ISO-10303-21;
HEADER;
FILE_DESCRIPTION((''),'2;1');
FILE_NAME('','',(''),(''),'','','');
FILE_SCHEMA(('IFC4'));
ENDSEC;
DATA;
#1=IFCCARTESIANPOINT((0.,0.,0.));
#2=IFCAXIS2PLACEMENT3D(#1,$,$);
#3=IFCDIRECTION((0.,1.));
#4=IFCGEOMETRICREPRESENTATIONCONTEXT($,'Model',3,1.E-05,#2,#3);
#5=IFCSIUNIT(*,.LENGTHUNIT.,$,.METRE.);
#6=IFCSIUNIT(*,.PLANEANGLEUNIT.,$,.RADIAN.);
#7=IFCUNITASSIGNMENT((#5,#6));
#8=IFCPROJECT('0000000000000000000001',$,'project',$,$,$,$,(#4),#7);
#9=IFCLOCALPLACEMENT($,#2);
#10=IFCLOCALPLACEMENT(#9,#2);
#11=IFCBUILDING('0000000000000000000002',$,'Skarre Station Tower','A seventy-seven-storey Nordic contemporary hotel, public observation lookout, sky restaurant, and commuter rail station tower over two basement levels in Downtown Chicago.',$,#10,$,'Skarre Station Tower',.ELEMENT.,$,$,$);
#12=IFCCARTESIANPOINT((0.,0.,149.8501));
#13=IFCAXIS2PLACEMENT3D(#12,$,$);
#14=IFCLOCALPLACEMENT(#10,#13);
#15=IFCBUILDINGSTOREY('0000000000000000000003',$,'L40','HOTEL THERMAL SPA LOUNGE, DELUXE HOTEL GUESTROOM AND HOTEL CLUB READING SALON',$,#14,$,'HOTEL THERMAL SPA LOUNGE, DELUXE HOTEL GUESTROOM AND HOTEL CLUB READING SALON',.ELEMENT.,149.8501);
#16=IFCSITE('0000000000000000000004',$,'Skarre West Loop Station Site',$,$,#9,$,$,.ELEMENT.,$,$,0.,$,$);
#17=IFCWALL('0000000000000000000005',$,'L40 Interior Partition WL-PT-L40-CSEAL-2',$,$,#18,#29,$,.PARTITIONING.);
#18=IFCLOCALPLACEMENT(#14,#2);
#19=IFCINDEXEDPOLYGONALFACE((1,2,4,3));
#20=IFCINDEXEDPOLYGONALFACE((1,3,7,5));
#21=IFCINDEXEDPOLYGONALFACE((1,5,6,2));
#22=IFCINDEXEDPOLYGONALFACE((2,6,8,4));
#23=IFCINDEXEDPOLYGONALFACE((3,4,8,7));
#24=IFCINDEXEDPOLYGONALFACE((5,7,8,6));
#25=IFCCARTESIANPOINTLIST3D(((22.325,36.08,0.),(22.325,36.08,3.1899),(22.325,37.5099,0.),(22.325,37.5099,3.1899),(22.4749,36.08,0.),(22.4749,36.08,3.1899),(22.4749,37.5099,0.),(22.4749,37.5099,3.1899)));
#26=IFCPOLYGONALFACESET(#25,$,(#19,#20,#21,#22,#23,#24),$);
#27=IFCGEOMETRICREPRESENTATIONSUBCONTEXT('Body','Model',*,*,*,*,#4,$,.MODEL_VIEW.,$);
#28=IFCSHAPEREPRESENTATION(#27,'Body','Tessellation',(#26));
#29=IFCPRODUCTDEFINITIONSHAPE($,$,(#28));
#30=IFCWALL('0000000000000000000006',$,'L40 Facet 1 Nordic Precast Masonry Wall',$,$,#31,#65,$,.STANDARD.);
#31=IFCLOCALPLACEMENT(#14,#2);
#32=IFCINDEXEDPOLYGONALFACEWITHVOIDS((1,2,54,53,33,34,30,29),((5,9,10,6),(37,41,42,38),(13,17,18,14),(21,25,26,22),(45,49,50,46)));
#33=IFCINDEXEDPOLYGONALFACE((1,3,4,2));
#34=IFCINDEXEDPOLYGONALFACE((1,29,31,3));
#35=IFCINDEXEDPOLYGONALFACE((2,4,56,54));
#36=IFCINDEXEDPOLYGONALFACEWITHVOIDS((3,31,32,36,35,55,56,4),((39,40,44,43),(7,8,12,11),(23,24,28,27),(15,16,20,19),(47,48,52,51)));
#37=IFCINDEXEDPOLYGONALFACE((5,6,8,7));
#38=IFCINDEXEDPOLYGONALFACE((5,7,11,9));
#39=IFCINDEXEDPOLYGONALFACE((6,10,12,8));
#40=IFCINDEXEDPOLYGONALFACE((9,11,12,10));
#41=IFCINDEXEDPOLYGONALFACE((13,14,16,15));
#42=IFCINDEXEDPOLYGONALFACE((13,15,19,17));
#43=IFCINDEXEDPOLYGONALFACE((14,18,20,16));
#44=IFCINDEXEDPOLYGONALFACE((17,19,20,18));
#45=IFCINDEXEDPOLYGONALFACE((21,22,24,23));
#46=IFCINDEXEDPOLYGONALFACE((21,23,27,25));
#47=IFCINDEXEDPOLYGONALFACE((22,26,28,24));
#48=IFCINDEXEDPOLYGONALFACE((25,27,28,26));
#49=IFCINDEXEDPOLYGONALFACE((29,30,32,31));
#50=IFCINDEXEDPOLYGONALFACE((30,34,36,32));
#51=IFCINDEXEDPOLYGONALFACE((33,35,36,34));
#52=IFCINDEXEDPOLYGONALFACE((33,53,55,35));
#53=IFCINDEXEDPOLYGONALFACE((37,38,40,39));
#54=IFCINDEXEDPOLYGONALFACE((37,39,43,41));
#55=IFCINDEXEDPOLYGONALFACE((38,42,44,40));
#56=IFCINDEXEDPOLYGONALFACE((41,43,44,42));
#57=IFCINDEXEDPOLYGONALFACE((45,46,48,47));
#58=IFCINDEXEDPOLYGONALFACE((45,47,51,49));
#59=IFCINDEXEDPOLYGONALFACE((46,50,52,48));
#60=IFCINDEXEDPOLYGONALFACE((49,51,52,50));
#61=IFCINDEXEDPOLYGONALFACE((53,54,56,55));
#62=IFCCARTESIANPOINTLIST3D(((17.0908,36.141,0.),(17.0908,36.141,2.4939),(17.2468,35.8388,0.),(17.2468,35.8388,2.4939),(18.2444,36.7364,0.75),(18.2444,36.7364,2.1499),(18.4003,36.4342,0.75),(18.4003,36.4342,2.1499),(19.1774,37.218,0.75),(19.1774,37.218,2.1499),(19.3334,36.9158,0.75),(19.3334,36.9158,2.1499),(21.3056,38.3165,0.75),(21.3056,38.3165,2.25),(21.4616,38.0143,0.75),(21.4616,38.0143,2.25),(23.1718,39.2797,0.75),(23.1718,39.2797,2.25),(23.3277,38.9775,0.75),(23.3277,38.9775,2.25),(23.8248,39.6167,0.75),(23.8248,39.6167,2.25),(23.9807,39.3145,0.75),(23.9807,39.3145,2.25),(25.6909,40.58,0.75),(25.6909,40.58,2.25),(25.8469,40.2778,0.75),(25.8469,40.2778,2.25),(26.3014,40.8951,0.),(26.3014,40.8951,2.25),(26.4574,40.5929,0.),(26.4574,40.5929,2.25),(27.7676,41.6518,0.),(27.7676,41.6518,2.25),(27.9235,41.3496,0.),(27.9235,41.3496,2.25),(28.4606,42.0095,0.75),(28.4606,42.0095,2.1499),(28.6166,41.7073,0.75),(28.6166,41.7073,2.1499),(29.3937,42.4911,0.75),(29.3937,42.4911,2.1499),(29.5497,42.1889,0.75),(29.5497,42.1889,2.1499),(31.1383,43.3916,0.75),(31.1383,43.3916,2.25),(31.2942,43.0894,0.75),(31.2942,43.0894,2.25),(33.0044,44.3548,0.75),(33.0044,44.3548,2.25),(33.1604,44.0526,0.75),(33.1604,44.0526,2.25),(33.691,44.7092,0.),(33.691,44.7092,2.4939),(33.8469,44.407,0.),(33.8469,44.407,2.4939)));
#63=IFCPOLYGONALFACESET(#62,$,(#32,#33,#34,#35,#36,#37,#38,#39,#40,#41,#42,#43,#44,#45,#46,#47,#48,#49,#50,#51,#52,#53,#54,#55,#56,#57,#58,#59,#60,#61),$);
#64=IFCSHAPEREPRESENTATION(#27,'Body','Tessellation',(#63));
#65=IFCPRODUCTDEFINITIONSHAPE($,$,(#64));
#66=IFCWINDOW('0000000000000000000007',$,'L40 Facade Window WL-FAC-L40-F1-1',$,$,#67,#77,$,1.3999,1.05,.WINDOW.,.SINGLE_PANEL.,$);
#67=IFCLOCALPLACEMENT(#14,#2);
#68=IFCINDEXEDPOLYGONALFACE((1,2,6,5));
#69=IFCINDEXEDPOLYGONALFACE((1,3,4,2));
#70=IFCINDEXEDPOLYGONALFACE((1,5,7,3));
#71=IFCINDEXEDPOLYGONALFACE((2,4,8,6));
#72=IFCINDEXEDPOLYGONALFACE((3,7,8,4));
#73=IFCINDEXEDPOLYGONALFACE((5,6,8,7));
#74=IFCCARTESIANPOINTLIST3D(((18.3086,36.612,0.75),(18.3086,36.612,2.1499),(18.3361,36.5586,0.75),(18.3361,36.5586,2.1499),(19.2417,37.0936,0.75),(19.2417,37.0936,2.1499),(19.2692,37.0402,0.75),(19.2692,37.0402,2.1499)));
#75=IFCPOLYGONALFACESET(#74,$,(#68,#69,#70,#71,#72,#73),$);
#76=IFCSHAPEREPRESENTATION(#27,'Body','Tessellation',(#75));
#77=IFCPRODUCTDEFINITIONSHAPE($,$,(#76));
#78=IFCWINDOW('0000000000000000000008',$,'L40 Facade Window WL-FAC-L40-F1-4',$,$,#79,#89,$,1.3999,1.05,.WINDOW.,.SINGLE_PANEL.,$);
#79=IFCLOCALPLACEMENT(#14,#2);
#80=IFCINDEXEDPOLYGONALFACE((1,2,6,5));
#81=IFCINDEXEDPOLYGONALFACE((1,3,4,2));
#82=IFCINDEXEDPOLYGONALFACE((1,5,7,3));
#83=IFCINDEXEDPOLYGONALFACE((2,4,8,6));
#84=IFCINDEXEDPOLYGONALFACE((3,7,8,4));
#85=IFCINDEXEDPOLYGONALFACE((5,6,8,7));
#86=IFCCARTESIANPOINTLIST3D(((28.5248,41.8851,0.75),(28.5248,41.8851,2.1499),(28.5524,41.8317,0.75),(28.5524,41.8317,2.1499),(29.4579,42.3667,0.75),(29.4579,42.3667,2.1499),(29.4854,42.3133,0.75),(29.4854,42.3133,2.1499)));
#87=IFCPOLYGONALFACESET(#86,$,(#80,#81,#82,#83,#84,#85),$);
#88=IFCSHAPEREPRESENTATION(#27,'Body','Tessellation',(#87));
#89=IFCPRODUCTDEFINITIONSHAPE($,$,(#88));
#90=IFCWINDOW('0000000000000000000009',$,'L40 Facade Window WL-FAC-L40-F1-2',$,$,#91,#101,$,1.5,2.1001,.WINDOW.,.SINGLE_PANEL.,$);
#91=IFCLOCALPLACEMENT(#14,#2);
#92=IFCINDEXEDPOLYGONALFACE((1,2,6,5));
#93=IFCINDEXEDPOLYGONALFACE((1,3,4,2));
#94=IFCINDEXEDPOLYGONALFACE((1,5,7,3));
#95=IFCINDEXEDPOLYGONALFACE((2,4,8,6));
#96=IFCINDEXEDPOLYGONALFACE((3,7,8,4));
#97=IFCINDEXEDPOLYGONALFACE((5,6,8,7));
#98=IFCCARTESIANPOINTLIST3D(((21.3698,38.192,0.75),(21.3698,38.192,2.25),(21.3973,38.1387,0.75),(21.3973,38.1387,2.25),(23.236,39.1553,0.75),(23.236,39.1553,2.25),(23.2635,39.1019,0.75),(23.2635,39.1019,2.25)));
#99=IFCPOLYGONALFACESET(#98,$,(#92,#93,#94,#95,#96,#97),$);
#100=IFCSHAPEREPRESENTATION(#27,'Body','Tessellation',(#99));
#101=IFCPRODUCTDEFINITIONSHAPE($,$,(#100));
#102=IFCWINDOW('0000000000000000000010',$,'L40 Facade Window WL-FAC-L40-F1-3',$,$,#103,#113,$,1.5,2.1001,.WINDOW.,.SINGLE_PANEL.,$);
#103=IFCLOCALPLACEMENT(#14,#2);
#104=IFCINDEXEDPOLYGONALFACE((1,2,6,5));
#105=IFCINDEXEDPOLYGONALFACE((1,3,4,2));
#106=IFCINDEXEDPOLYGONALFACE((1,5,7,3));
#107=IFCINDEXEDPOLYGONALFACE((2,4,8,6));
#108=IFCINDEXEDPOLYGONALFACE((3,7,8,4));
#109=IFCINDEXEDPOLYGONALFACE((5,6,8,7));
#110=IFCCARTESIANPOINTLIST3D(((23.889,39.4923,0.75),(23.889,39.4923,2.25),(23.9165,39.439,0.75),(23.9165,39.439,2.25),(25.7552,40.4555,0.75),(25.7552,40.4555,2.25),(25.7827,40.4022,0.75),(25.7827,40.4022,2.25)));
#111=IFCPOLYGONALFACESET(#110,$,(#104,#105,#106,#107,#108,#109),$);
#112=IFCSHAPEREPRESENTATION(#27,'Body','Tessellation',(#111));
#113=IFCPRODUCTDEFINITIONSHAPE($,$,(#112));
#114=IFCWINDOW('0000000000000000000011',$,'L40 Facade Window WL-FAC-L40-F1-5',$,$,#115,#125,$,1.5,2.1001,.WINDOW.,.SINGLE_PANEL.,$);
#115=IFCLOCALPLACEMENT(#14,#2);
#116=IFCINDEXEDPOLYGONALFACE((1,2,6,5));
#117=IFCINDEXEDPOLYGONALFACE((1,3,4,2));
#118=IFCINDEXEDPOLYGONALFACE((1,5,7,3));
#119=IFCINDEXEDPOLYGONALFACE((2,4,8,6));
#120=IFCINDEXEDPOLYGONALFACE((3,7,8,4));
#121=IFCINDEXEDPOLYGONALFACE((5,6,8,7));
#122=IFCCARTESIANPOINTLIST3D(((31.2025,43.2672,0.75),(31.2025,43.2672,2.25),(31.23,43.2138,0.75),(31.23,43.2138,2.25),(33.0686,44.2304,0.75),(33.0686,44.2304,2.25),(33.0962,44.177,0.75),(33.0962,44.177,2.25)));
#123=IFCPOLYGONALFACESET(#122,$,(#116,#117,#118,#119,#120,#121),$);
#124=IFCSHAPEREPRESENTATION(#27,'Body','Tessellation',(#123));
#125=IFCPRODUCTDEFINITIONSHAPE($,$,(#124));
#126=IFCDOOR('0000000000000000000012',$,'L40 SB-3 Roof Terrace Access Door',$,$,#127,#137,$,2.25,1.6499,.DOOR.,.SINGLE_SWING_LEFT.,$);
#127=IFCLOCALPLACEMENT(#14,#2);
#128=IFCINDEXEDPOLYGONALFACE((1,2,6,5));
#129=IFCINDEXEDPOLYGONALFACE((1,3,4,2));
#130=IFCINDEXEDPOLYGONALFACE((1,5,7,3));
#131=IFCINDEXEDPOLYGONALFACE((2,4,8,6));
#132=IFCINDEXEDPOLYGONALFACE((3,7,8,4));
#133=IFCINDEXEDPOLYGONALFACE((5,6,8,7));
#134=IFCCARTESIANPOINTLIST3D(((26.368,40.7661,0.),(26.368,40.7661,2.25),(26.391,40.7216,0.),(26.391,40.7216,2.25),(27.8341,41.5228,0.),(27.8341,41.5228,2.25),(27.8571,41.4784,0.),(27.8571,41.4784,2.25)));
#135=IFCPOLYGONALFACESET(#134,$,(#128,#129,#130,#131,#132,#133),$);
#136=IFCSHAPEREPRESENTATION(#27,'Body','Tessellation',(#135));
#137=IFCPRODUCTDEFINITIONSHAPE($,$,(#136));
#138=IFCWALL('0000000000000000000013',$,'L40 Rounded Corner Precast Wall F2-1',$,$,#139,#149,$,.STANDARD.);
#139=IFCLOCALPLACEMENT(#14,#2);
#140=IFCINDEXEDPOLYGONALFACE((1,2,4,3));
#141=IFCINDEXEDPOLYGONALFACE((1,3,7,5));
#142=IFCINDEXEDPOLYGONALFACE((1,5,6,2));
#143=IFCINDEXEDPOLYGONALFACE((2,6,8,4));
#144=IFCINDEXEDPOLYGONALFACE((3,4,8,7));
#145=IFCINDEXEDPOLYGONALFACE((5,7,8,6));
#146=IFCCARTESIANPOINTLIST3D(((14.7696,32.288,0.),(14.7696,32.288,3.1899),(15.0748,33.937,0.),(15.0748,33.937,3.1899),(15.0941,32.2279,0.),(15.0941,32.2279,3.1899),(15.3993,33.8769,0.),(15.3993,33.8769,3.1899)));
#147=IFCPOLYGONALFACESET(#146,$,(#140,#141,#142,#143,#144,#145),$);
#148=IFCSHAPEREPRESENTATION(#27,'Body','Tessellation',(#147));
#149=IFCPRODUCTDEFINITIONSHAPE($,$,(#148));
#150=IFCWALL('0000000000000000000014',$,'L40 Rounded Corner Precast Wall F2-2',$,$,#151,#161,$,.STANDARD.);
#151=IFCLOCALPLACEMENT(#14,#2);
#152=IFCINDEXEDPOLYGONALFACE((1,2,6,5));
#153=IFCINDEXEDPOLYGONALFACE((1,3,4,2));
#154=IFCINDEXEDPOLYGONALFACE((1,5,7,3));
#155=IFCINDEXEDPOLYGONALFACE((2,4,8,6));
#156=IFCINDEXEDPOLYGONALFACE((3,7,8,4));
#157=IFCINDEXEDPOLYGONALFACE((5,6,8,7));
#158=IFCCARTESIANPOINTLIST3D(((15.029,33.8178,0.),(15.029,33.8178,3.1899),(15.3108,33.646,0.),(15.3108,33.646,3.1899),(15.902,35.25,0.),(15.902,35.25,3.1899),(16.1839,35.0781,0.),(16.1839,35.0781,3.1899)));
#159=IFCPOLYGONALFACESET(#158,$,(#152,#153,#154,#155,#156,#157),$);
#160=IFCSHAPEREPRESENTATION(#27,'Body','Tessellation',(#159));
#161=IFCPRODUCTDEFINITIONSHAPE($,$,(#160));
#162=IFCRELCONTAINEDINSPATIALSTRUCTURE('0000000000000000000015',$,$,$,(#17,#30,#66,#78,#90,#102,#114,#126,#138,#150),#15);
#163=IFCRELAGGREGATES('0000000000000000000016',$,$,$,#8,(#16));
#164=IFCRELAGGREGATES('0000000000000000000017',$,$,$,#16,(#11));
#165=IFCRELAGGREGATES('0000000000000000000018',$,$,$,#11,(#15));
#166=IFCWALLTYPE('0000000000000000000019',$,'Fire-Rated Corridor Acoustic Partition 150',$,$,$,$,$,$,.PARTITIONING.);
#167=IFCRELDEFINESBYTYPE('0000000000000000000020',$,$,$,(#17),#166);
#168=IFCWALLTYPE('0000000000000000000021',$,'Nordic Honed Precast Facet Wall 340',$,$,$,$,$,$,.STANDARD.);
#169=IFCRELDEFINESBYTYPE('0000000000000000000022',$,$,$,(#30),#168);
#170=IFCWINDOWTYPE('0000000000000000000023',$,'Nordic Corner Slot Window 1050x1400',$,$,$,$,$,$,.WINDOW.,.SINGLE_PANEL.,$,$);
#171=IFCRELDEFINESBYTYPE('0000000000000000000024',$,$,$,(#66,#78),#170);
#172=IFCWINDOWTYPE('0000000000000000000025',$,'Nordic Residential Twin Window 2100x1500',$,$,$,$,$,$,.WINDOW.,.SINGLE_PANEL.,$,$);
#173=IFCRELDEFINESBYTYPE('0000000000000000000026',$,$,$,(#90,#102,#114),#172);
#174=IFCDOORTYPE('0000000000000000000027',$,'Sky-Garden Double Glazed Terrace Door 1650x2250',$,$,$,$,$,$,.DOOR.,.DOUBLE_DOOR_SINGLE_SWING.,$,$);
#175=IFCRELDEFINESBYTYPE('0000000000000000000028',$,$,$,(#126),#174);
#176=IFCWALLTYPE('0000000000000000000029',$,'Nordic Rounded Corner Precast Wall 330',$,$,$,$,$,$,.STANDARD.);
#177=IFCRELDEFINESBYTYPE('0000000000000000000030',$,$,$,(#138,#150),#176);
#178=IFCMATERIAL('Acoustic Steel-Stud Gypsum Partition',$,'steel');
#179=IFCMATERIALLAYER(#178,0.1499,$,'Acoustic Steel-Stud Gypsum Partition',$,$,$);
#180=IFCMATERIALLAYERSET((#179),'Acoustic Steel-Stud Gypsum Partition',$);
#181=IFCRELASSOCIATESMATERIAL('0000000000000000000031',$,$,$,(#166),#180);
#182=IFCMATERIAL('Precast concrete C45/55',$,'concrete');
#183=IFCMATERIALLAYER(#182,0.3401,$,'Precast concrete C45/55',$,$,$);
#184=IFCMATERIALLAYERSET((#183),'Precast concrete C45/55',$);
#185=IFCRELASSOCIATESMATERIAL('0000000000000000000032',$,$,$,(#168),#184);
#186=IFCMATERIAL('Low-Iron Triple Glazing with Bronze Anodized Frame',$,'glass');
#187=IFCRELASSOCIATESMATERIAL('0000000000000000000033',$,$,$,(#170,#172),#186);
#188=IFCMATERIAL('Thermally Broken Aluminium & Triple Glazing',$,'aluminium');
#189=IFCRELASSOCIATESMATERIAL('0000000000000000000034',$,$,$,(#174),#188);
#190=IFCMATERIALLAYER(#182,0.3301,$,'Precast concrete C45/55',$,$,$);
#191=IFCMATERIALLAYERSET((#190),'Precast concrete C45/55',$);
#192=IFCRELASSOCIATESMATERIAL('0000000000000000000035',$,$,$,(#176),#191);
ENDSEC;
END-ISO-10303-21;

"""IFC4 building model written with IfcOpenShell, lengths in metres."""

from ifc_helpers import new_model, si_unit, direction, frame, frame_2d, origin, place, context, subcontext, project, spatial, rectangle, extrude, material, layer, layer_set, type_object, element, fill, save


model = new_model("IFC4")

# Units and contexts
model_context = context("Model", 3, precision=1e-05, world=origin(), true_north=direction((0.0, 1.0)))
body_context = subcontext(model_context, "Body", "Model", "MODEL_VIEW")
ifc_project = project(units=[si_unit("LENGTHUNIT", "METRE"), si_unit("PLANEANGLEUNIT", "RADIAN")], contexts=[model_context])

# Site, building, storey
site_placement = place(None, origin())
site = spatial("IfcSite", under=ifc_project, at=site_placement, Name="Skarre West Loop Station Site", CompositionType="ELEMENT", RefElevation=0.0)
building_placement = place(site_placement, origin())
building = spatial("IfcBuilding", under=site, at=building_placement, Name="Skarre Station Tower", Description="A seventy-seven-storey Nordic contemporary hotel, public observation lookout, sky restaurant, and commuter rail station tower over two basement levels in Downtown Chicago.", LongName="Skarre Station Tower", CompositionType="ELEMENT")
storey_placement = place(building_placement, frame((0.0, 0.0, 149.8501)))
storey = spatial("IfcBuildingStorey", under=building, at=storey_placement, Name="L40", Description="HOTEL THERMAL SPA LOUNGE, DELUXE HOTEL GUESTROOM AND HOTEL CLUB READING SALON", LongName="HOTEL THERMAL SPA LOUNGE, DELUXE HOTEL GUESTROOM AND HOTEL CLUB READING SALON", CompositionType="ELEMENT", Elevation=149.8501)

# Wall
ifc_material_1 = material(Name="Acoustic Steel-Stud Gypsum Partition", Category="steel")
ifc_layer_1 = layer(ifc_material_1, 0.1499, Name="Acoustic Steel-Stud Gypsum Partition")
ifc_layer_set_1 = layer_set([ifc_layer_1], Name="Acoustic Steel-Stud Gypsum Partition")
wall_type_1 = type_object("IfcWallType", Name="Fire-Rated Corridor Acoustic Partition 150", PredefinedType="PARTITIONING", material=ifc_layer_set_1)
wall_1_placement = place(storey_placement, frame((22.3999, 36.0801, 0.0), z_axis=(0.0, 0.0, 1.0), x_axis=(0.0, 1.0, 0.0)))
element("IfcWall", 1, at=wall_1_placement, inside=storey, type_object=wall_type_1, Name="L40 Interior Partition WL-PT-L40-CSEAL-2", PredefinedType="PARTITIONING", context=body_context, shape_type="SweptSolid", body=[
    extrude(rectangle(XDim=1.4299, YDim=0.1499, at=frame_2d((0.7148, 0.0))), origin(), (0.0, 0.0, 1.0), 3.1899),
])

# Wall, openings, windows, door
ifc_material_2 = material(Name="Precast concrete C45/55", Category="concrete")
ifc_layer_2 = layer(ifc_material_2, 0.3401, Name="Precast concrete C45/55")
ifc_layer_set_2 = layer_set([ifc_layer_2], Name="Precast concrete C45/55")
wall_type_2 = type_object("IfcWallType", Name="Nordic Honed Precast Facet Wall 340", PredefinedType="STANDARD", material=ifc_layer_set_2)
wall_2_placement = place(storey_placement, frame((17.1689, 35.99, 0.0), z_axis=(0.0, 0.0, 1.0), x_axis=(0.888614, 0.458657, 0.0)))
wall_2 = element("IfcWall", 2, at=wall_2_placement, inside=storey, type_object=wall_type_2, Name="L40 Facet 1 Nordic Precast Masonry Wall", PredefinedType="STANDARD", context=body_context, shape_type="SweptSolid", body=[
    extrude(rectangle(XDim=18.6809, YDim=0.3401, at=frame_2d((9.3403, 0.0))), origin(), (0.0, 0.0, 1.0), 2.4939),
])
opening_1_placement = place(wall_2_placement, frame((10.365, 0.0, 0.0)))
opening_1 = element("IfcOpeningElement", 3, at=opening_1_placement, cuts=wall_2, PredefinedType="OPENING", context=body_context, shape_type="SweptSolid", body=[
    extrude(rectangle(XDim=1.6499, YDim=2.25, at=frame_2d((0.825, 1.125))), frame((0.0, 0.1799, 0.0), z_axis=(0.0, -1.0, 0.0), x_axis=(1.0, 0.0, 0.0)), (0.0, 0.0, 1.0), 0.3601),
])
opening_2_placement = place(wall_2_placement, frame((1.2981, 0.0, 0.75)))
opening_2 = element("IfcOpeningElement", 4, at=opening_2_placement, cuts=wall_2, PredefinedType="OPENING", context=body_context, shape_type="SweptSolid", body=[
    extrude(rectangle(XDim=1.05, YDim=1.3999, at=frame_2d((0.5249, 0.7))), frame((0.0, 0.1799, 0.0), z_axis=(0.0, -1.0, 0.0), x_axis=(1.0, 0.0, 0.0)), (0.0, 0.0, 1.0), 0.3601),
])
opening_3_placement = place(wall_2_placement, frame((4.7429, 0.0, 0.75)))
opening_3 = element("IfcOpeningElement", 5, at=opening_3_placement, cuts=wall_2, PredefinedType="OPENING", context=body_context, shape_type="SweptSolid", body=[
    extrude(rectangle(XDim=2.1001, YDim=1.5, at=frame_2d((1.05, 0.75))), frame((0.0, 0.1799, 0.0), z_axis=(0.0, -1.0, 0.0), x_axis=(1.0, 0.0, 0.0)), (0.0, 0.0, 1.0), 0.3601),
])
opening_4_placement = place(wall_2_placement, frame((7.5779, 0.0, 0.75)))
opening_4 = element("IfcOpeningElement", 6, at=opening_4_placement, cuts=wall_2, PredefinedType="OPENING", context=body_context, shape_type="SweptSolid", body=[
    extrude(rectangle(XDim=2.1001, YDim=1.5, at=frame_2d((1.05, 0.75))), frame((0.0, 0.1799, 0.0), z_axis=(0.0, -1.0, 0.0), x_axis=(1.0, 0.0, 0.0)), (0.0, 0.0, 1.0), 0.3601),
])
opening_5_placement = place(wall_2_placement, frame((12.7949, 0.0, 0.75)))
opening_5 = element("IfcOpeningElement", 7, at=opening_5_placement, cuts=wall_2, PredefinedType="OPENING", context=body_context, shape_type="SweptSolid", body=[
    extrude(rectangle(XDim=1.05, YDim=1.3999, at=frame_2d((0.5249, 0.7))), frame((0.0, 0.1799, 0.0), z_axis=(0.0, -1.0, 0.0), x_axis=(1.0, 0.0, 0.0)), (0.0, 0.0, 1.0), 0.3601),
])
opening_6_placement = place(wall_2_placement, frame((15.8081, 0.0, 0.75)))
opening_6 = element("IfcOpeningElement", 8, at=opening_6_placement, cuts=wall_2, PredefinedType="OPENING", context=body_context, shape_type="SweptSolid", body=[
    extrude(rectangle(XDim=2.1001, YDim=1.5, at=frame_2d((1.05, 0.75))), frame((0.0, 0.1799, 0.0), z_axis=(0.0, -1.0, 0.0), x_axis=(1.0, 0.0, 0.0)), (0.0, 0.0, 1.0), 0.3601),
])
ifc_material_3 = material(Name="Low-Iron Triple Glazing with Bronze Anodized Frame", Category="glass")
window_type_1 = type_object("IfcWindowType", Name="Nordic Corner Slot Window 1050x1400", PartitioningType="SINGLE_PANEL", PredefinedType="WINDOW", material=ifc_material_3)
window_1_placement = place(opening_2_placement, origin())
window_1 = element("IfcWindow", 9, at=window_1_placement, inside=storey, type_object=window_type_1, Name="L40 Facade Window WL-FAC-L40-F1-1", OverallHeight=1.3999, OverallWidth=1.05, PartitioningType="SINGLE_PANEL", PredefinedType="WINDOW", context=body_context, shape_type="SweptSolid", body=[
    extrude(rectangle(XDim=1.05, YDim=1.3999, at=frame_2d((0.5249, 0.7))), frame((0.0, 0.03, 0.0), z_axis=(0.0, -1.0, 0.0), x_axis=(1.0, 0.0, 0.0)), (0.0, 0.0, 1.0), 0.0601),
])
fill(opening_2, window_1)
window_2_placement = place(opening_5_placement, origin())
window_2 = element("IfcWindow", 10, at=window_2_placement, inside=storey, type_object=window_type_1, Name="L40 Facade Window WL-FAC-L40-F1-4", OverallHeight=1.3999, OverallWidth=1.05, PartitioningType="SINGLE_PANEL", PredefinedType="WINDOW", context=body_context, shape_type="SweptSolid", body=[
    extrude(rectangle(XDim=1.05, YDim=1.3999, at=frame_2d((0.5249, 0.7))), frame((0.0, 0.03, 0.0), z_axis=(0.0, -1.0, 0.0), x_axis=(1.0, 0.0, 0.0)), (0.0, 0.0, 1.0), 0.0601),
])
fill(opening_5, window_2)
window_type_2 = type_object("IfcWindowType", Name="Nordic Residential Twin Window 2100x1500", PartitioningType="SINGLE_PANEL", PredefinedType="WINDOW", material=ifc_material_3)
window_3_placement = place(opening_3_placement, origin())
window_3 = element("IfcWindow", 11, at=window_3_placement, inside=storey, type_object=window_type_2, Name="L40 Facade Window WL-FAC-L40-F1-2", OverallHeight=1.5, OverallWidth=2.1001, PartitioningType="SINGLE_PANEL", PredefinedType="WINDOW", context=body_context, shape_type="SweptSolid", body=[
    extrude(rectangle(XDim=2.1001, YDim=1.5, at=frame_2d((1.05, 0.75))), frame((0.0, 0.03, 0.0), z_axis=(0.0, -1.0, 0.0), x_axis=(1.0, 0.0, 0.0)), (0.0, 0.0, 1.0), 0.0601),
])
fill(opening_3, window_3)
window_4_placement = place(opening_4_placement, origin())
window_4 = element("IfcWindow", 12, at=window_4_placement, inside=storey, type_object=window_type_2, Name="L40 Facade Window WL-FAC-L40-F1-3", OverallHeight=1.5, OverallWidth=2.1001, PartitioningType="SINGLE_PANEL", PredefinedType="WINDOW", context=body_context, shape_type="SweptSolid", body=[
    extrude(rectangle(XDim=2.1001, YDim=1.5, at=frame_2d((1.05, 0.75))), frame((0.0, 0.03, 0.0), z_axis=(0.0, -1.0, 0.0), x_axis=(1.0, 0.0, 0.0)), (0.0, 0.0, 1.0), 0.0601),
])
fill(opening_4, window_4)
window_5_placement = place(opening_6_placement, origin())
window_5 = element("IfcWindow", 13, at=window_5_placement, inside=storey, type_object=window_type_2, Name="L40 Facade Window WL-FAC-L40-F1-5", OverallHeight=1.5, OverallWidth=2.1001, PartitioningType="SINGLE_PANEL", PredefinedType="WINDOW", context=body_context, shape_type="SweptSolid", body=[
    extrude(rectangle(XDim=2.1001, YDim=1.5, at=frame_2d((1.05, 0.75))), frame((0.0, 0.03, 0.0), z_axis=(0.0, -1.0, 0.0), x_axis=(1.0, 0.0, 0.0)), (0.0, 0.0, 1.0), 0.0601),
])
fill(opening_6, window_5)
ifc_material_4 = material(Name="Thermally Broken Aluminium & Triple Glazing", Category="aluminium")
door_type = type_object("IfcDoorType", Name="Sky-Garden Double Glazed Terrace Door 1650x2250", OperationType="DOUBLE_DOOR_SINGLE_SWING", PredefinedType="DOOR", material=ifc_material_4)
door_placement = place(opening_1_placement, origin())
door = element("IfcDoor", 14, at=door_placement, inside=storey, type_object=door_type, Name="L40 SB-3 Roof Terrace Access Door", OperationType="SINGLE_SWING_LEFT", OverallHeight=2.25, OverallWidth=1.6499, PredefinedType="DOOR", context=body_context, shape_type="SweptSolid", body=[
    extrude(rectangle(XDim=1.6499, YDim=2.25, at=frame_2d((0.825, 1.125))), frame((0.0, 0.0249, 0.0), z_axis=(0.0, -1.0, 0.0), x_axis=(1.0, 0.0, 0.0)), (0.0, 0.0, 1.0), 0.05),
])
fill(opening_1, door)

# Walls
ifc_layer_3 = layer(ifc_material_2, 0.3301, Name="Precast concrete C45/55")
ifc_layer_set_3 = layer_set([ifc_layer_3], Name="Precast concrete C45/55")
wall_type_3 = type_object("IfcWallType", Name="Nordic Rounded Corner Precast Wall 330", PredefinedType="STANDARD", material=ifc_layer_set_3)
wall_3_placement = place(storey_placement, frame((14.9319, 32.2581, 0.0), z_axis=(0.0, 0.0, 1.0), x_axis=(0.181985, 0.983301, 0.0)))
element("IfcWall", 15, at=wall_3_placement, inside=storey, type_object=wall_type_3, Name="L40 Rounded Corner Precast Wall F2-1", PredefinedType="STANDARD", context=body_context, shape_type="SweptSolid", body=[
    extrude(rectangle(XDim=1.677, YDim=0.3301, at=frame_2d((0.8384, 0.0))), origin(), (0.0, 0.0, 1.0), 3.1899),
])
wall_4_placement = place(storey_placement, frame((15.1699, 33.7319, 0.0), z_axis=(0.0, 0.0, 1.0), x_axis=(0.520519, 0.85385, 0.0)))
element("IfcWall", 16, at=wall_4_placement, inside=storey, type_object=wall_type_3, Name="L40 Rounded Corner Precast Wall F2-2", PredefinedType="STANDARD", context=body_context, shape_type="SweptSolid", body=[
    extrude(rectangle(XDim=1.6772, YDim=0.3301, at=frame_2d((0.8386, 0.0))), origin(), (0.0, 0.0, 1.0), 3.1899),
])

save(model, "model.ifc")
